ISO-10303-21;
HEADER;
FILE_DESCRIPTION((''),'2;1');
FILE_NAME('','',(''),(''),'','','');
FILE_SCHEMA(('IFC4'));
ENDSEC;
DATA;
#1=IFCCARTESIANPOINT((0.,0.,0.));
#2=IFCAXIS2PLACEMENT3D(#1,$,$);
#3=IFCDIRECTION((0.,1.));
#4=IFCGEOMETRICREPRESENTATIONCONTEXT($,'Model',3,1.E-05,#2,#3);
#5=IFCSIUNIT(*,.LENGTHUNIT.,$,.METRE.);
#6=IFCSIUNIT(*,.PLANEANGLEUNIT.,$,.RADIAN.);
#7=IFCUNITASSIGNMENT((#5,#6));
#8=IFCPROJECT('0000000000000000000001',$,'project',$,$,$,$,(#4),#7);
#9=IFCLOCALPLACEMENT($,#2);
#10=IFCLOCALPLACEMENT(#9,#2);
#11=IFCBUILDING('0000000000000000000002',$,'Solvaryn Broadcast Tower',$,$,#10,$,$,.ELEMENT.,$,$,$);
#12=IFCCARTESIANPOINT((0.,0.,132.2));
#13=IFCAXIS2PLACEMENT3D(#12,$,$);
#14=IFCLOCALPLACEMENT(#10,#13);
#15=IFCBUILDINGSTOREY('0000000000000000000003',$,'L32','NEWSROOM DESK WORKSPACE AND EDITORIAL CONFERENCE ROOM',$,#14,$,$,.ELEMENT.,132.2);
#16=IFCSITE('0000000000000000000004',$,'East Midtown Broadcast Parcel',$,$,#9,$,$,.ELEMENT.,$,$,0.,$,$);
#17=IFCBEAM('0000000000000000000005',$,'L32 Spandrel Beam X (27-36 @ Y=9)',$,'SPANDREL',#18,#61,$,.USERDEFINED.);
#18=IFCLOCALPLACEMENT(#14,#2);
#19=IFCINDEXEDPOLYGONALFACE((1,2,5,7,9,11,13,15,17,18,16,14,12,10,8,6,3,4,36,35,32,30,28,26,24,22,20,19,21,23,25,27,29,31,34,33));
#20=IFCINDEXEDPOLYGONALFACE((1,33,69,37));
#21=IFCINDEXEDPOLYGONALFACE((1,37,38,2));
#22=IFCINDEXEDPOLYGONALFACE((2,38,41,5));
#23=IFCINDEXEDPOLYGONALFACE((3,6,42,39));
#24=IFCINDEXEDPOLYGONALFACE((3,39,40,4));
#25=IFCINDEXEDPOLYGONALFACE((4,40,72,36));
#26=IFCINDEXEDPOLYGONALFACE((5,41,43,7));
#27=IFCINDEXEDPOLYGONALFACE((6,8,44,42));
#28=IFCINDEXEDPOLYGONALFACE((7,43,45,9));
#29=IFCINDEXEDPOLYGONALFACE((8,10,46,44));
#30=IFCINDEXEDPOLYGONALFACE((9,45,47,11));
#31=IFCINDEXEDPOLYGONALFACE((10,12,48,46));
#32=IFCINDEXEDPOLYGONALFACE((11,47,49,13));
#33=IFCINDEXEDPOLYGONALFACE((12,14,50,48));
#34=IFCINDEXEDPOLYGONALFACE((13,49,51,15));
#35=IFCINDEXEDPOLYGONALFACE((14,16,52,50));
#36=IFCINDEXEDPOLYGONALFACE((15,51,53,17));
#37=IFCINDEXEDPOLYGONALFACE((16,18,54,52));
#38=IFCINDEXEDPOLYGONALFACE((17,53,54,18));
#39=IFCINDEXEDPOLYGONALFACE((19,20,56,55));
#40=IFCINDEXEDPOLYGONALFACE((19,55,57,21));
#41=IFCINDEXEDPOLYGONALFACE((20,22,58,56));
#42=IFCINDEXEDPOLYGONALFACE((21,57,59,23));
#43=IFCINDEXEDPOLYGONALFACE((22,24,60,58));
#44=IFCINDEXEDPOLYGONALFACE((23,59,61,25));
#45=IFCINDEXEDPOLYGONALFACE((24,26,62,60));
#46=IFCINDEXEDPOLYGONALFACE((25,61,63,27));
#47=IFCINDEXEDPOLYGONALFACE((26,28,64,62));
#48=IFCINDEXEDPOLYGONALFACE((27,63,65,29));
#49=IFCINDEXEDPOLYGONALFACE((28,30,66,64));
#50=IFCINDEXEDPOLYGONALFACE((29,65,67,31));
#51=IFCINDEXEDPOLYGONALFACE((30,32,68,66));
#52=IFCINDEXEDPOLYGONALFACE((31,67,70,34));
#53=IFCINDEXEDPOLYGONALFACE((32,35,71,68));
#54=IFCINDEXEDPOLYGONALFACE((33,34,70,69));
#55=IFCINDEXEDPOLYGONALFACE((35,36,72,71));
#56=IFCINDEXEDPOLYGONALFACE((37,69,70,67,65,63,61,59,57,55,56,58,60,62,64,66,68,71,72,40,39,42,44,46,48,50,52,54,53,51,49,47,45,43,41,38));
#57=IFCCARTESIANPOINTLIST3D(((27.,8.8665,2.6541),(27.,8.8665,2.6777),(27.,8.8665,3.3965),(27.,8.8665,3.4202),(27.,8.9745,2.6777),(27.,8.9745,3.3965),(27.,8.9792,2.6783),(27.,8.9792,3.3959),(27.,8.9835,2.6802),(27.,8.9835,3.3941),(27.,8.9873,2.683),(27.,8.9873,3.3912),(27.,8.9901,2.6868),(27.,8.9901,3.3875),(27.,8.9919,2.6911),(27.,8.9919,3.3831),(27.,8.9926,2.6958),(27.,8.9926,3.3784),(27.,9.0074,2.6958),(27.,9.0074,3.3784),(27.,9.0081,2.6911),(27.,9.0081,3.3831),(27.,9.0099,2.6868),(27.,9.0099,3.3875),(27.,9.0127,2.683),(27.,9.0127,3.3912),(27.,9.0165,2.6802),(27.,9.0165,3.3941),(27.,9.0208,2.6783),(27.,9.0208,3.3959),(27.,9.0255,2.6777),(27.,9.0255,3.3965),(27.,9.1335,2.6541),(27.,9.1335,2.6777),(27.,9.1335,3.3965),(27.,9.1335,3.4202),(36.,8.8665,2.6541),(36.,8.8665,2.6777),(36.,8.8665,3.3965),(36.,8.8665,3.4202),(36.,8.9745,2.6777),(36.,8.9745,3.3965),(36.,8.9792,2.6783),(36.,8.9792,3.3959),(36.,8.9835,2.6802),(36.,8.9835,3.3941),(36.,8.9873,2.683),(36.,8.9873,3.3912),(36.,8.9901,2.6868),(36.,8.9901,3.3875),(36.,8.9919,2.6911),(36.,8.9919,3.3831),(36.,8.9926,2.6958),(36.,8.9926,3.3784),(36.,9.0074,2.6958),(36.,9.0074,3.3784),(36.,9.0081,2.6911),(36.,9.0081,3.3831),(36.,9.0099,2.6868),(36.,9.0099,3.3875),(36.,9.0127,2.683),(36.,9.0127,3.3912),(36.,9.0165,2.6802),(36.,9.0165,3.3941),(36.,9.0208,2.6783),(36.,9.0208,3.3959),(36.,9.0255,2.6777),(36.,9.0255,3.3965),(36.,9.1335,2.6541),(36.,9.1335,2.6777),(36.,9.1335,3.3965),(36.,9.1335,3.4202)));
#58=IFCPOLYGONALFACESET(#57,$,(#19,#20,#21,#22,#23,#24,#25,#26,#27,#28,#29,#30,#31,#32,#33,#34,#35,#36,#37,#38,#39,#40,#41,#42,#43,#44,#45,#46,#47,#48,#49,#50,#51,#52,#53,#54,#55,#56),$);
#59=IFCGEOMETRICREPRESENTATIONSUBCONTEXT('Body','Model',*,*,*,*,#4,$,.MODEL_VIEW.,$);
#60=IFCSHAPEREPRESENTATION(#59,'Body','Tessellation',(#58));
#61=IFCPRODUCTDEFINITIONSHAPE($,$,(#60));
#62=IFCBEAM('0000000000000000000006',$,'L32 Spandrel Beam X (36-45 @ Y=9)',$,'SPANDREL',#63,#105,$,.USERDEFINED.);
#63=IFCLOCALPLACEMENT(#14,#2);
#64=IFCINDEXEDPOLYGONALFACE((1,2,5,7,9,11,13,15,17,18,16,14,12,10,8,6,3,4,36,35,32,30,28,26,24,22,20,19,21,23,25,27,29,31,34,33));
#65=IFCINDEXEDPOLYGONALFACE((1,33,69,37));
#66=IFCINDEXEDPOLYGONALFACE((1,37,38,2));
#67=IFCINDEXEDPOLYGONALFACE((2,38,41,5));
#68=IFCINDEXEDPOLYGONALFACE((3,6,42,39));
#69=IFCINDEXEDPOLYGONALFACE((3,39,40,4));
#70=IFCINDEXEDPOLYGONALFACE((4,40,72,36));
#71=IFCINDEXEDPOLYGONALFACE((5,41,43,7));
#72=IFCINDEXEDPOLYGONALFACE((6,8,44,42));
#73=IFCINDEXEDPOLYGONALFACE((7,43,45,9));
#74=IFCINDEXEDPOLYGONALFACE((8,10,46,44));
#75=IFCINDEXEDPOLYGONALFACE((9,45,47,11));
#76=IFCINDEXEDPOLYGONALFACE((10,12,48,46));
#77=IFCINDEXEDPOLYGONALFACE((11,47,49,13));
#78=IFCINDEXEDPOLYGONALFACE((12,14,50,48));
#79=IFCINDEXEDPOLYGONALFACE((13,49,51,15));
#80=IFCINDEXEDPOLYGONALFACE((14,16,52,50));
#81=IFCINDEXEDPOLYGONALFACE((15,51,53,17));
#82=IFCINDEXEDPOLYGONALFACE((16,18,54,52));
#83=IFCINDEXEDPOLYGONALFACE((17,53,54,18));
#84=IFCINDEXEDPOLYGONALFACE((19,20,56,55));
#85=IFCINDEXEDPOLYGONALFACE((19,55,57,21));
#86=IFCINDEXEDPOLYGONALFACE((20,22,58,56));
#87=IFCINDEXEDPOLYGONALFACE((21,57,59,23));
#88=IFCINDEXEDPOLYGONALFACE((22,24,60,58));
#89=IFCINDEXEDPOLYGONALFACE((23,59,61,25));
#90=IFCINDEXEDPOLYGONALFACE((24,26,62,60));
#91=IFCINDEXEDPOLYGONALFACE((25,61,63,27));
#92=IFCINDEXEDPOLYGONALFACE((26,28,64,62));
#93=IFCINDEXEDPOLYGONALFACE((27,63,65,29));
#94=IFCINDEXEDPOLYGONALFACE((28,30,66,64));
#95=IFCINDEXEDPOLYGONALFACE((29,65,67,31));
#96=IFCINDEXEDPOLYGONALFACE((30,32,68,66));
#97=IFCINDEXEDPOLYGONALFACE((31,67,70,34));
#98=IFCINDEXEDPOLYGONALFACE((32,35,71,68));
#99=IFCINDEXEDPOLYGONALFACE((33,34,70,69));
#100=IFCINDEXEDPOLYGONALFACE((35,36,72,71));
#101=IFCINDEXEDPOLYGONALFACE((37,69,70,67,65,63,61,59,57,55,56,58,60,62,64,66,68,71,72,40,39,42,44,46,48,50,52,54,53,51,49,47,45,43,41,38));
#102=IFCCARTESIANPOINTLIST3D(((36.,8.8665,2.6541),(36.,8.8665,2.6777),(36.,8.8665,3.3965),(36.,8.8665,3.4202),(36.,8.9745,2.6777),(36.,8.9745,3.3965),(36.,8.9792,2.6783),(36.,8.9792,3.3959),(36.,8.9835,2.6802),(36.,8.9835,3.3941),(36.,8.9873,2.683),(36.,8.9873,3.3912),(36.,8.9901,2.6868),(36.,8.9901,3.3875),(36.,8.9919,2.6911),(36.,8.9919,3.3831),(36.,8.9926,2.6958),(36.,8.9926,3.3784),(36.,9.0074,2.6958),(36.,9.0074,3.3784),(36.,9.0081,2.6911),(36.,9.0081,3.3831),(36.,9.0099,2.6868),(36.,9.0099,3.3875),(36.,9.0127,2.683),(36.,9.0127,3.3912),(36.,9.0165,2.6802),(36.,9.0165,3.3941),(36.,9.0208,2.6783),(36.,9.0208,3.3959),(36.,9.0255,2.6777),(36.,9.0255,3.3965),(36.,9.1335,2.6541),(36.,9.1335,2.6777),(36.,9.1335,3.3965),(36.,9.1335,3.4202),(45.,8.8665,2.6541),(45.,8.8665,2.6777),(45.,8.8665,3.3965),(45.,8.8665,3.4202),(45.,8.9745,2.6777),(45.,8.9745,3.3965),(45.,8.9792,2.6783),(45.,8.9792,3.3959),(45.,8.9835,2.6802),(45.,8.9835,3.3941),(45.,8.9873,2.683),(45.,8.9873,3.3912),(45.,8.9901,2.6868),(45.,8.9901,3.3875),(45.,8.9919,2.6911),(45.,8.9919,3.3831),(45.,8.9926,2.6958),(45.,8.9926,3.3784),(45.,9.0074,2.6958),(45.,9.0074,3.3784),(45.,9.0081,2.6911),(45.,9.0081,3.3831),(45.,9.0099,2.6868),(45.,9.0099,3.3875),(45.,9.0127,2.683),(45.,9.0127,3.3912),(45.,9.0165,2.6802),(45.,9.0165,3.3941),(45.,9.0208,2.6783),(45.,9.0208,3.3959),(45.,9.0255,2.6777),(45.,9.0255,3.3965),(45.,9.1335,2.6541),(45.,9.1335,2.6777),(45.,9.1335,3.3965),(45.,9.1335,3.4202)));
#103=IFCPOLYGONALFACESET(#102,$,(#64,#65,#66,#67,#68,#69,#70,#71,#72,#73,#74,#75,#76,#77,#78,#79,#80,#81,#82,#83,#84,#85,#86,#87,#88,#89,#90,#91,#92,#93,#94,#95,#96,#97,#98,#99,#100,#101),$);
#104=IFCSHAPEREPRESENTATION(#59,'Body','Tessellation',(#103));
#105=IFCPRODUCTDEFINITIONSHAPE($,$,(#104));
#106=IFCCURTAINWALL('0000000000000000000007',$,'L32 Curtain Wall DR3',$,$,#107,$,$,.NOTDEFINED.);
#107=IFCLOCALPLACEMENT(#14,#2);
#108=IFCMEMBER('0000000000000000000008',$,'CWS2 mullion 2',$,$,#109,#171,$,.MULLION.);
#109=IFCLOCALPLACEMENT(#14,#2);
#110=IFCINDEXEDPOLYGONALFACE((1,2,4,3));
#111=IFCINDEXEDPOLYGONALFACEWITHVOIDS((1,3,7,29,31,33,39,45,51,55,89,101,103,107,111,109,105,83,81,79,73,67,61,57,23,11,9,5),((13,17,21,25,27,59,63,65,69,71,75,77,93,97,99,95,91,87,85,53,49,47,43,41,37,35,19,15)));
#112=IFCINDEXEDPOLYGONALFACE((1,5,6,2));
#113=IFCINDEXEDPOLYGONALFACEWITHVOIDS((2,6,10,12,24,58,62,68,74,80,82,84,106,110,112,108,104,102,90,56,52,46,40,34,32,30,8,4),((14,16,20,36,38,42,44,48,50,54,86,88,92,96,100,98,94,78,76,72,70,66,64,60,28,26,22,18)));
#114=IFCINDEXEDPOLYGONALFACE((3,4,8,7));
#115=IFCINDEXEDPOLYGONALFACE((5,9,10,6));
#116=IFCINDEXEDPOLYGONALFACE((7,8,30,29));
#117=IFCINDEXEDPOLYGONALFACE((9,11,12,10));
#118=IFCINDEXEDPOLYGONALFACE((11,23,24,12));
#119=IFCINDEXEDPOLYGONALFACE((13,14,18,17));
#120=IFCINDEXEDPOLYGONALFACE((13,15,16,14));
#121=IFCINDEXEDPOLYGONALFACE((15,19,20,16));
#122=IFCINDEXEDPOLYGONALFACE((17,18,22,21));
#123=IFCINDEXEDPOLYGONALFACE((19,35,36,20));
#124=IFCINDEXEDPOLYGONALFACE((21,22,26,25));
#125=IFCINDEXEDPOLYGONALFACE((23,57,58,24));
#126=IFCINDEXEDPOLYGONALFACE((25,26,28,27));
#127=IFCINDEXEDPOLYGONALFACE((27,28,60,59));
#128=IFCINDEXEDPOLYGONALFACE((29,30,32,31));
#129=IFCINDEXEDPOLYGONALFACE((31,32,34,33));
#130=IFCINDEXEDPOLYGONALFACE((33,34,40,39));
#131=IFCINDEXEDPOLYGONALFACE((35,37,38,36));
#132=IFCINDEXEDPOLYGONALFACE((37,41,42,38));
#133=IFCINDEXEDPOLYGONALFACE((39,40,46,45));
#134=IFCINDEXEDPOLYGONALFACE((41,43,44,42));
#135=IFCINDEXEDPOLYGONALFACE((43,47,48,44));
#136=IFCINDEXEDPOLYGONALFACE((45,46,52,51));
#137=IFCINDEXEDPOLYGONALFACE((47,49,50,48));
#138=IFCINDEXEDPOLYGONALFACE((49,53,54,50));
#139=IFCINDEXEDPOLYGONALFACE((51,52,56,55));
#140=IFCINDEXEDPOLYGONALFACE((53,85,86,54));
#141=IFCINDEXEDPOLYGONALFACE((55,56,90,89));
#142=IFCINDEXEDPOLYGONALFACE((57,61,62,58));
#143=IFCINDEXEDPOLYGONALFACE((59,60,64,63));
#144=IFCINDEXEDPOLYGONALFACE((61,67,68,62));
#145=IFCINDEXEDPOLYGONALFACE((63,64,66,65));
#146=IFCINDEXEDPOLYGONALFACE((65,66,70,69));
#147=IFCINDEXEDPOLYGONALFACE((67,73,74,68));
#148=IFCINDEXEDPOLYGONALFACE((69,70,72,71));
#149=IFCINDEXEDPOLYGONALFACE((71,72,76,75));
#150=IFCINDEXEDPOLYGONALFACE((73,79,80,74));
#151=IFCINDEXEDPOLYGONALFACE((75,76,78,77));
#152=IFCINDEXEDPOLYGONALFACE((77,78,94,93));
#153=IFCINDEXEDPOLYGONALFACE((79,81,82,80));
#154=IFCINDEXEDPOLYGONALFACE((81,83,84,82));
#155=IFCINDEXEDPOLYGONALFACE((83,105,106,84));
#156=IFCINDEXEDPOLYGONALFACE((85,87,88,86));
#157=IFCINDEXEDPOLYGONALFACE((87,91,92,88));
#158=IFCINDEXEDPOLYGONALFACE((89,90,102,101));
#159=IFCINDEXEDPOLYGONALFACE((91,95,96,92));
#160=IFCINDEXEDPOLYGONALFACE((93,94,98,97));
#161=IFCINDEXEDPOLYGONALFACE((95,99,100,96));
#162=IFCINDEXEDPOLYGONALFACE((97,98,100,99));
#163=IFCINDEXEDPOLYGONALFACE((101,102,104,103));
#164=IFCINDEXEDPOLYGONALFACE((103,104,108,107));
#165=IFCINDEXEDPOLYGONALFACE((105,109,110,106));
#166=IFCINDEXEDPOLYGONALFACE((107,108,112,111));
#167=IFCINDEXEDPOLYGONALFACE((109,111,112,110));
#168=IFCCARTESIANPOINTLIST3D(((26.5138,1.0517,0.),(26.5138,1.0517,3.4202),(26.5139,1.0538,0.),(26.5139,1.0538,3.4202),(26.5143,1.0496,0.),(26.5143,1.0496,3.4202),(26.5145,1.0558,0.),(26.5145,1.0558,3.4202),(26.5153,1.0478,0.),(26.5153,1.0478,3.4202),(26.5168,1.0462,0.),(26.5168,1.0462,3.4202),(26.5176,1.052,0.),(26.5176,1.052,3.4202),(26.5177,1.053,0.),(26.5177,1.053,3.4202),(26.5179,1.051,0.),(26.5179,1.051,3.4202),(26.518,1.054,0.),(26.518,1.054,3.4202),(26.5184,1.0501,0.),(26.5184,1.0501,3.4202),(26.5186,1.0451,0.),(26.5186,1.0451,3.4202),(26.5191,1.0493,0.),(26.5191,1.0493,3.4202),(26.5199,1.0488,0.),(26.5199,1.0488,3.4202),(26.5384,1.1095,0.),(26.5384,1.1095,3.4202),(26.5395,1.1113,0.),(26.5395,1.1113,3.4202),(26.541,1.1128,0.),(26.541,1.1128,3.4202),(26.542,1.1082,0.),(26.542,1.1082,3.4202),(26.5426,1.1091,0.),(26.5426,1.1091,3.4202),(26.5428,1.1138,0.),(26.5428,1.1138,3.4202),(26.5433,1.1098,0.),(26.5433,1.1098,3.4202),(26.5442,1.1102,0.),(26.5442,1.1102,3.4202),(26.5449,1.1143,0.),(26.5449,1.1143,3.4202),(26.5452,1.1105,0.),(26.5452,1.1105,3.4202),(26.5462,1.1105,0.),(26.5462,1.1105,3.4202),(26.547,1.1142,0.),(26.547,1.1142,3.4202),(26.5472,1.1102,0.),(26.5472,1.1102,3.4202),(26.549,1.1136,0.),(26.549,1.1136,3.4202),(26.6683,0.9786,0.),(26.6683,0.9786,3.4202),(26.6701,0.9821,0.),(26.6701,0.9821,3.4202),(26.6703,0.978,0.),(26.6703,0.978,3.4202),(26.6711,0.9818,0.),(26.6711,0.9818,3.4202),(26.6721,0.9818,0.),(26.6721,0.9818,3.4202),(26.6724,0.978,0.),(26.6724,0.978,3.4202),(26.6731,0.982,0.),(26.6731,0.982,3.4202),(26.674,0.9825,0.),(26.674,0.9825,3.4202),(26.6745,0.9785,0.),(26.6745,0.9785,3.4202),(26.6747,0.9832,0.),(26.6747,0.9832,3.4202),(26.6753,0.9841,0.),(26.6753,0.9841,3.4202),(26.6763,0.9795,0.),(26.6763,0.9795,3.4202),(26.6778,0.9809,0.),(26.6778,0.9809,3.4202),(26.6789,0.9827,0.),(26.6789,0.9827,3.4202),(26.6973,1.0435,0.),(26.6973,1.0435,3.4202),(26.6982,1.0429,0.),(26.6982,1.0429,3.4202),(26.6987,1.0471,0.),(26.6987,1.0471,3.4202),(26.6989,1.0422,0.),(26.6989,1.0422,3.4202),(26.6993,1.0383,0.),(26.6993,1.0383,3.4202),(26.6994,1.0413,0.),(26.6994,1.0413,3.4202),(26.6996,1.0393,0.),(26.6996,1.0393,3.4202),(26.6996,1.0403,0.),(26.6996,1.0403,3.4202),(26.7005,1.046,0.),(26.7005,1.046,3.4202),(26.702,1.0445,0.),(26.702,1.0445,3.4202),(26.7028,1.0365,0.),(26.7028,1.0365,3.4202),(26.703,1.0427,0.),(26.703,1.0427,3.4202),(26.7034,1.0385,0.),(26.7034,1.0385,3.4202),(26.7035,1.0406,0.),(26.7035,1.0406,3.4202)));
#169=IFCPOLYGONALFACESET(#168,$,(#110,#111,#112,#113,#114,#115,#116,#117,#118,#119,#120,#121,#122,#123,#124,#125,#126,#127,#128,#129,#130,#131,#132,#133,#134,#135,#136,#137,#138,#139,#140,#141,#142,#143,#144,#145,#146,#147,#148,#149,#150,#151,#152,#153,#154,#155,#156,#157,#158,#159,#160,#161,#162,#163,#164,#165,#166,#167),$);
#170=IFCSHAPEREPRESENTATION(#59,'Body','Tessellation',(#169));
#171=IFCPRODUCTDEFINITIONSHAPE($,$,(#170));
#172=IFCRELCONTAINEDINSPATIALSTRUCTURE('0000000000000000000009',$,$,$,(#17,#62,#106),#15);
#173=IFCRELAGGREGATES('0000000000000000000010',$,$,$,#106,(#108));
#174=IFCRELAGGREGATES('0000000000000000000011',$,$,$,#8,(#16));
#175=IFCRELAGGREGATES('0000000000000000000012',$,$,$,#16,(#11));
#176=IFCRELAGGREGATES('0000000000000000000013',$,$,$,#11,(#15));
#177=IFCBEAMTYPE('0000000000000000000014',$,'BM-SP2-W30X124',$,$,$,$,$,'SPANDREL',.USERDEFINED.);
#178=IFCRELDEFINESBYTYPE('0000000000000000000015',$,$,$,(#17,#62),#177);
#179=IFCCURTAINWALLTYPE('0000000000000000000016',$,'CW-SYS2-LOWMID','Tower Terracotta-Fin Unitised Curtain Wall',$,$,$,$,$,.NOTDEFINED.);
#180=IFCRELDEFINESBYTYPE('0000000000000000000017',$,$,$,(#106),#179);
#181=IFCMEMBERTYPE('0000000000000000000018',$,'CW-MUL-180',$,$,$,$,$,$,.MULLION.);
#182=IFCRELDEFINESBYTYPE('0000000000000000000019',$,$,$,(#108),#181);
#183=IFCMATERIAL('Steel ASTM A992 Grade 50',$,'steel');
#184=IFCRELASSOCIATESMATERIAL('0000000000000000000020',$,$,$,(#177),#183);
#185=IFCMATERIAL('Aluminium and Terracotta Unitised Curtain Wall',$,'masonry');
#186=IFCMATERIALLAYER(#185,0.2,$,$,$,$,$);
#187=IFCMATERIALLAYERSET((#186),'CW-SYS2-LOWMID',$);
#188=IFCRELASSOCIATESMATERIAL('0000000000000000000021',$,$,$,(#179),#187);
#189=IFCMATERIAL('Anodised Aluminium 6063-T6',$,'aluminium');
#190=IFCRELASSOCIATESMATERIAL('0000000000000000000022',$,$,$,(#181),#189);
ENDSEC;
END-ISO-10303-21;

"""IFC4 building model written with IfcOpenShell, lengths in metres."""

from ifc_helpers import new_model, si_unit, direction, frame, origin, origin_2d, place, context, subcontext, project, spatial, hollow_rectangle, i_section, extrude, material, layer, layer_set, material_profile, profile_set, type_object, element, aggregate, save


model = new_model("IFC4")

# Units and contexts
model_context = context("Model", 3, precision=1e-05, world=origin(), true_north=direction((0.0, 1.0)))
body_context = subcontext(model_context, "Body", "Model", "MODEL_VIEW")
ifc_project = project(units=[si_unit("LENGTHUNIT", "METRE"), si_unit("PLANEANGLEUNIT", "RADIAN")], contexts=[model_context])

# Site, building, storey
site_placement = place(None, origin())
site = spatial("IfcSite", under=ifc_project, at=site_placement, Name="East Midtown Broadcast Parcel", CompositionType="ELEMENT", RefElevation=0.0)
building_placement = place(site_placement, origin())
building = spatial("IfcBuilding", under=site, at=building_placement, Name="Solvaryn Broadcast Tower", CompositionType="ELEMENT")
storey_placement = place(building_placement, frame((0.0, 0.0, 132.2)))
storey = spatial("IfcBuildingStorey", under=building, at=storey_placement, Name="L32", Description="NEWSROOM DESK WORKSPACE AND EDITORIAL CONFERENCE ROOM", CompositionType="ELEMENT", Elevation=132.2)

# Beams
ifc_material_1 = material(Name="Steel ASTM A992 Grade 50", Category="steel")
ifc_material_profile_1 = material_profile(ifc_material_1, i_section(OverallWidth=0.2671, OverallDepth=0.7661, WebThickness=0.0149, FlangeThickness=0.0237, FilletRadius=0.0181, at=origin_2d()))
ifc_profile_set_1 = profile_set([ifc_material_profile_1], Name="Steel ASTM A992 Grade 50")
beam_type_1 = type_object("IfcBeamType", Name="BM-SP2-W30X124", ElementType="SPANDREL", PredefinedType="USERDEFINED", material=ifc_profile_set_1)
for number, where, z_axis, x_axis, name in (
    (1, (27.0, 9.0, 3.0371), (1.0, 0.0, 0.0), (0.0, 1.0, 0.0), "L32 Spandrel Beam X (27-36 @ Y=9)"),
    (2, (36.0, 9.0, 3.0371), (1.0, 0.0, 0.0), (0.0, 1.0, 0.0), "L32 Spandrel Beam X (36-45 @ Y=9)"),
):
    element("IfcBeam", number, at=place(storey_placement, frame(where, z_axis=z_axis, x_axis=x_axis)), inside=storey, type_object=beam_type_1, Name=name, ObjectType="SPANDREL", PredefinedType="USERDEFINED", context=body_context, shape_type="SweptSolid", body=[
        extrude(i_section(OverallWidth=0.2671, OverallDepth=0.7661, WebThickness=0.0149, FlangeThickness=0.0237, FilletRadius=0.0181, at=origin_2d()), origin(), (0.0, 0.0, 1.0), 9.0),
    ])

# Curtain wall, member
ifc_material_2 = material(Name="Aluminium and Terracotta Unitised Curtain Wall", Category="masonry")
ifc_layer_1 = layer(ifc_material_2, 0.2)
ifc_layer_set_1 = layer_set([ifc_layer_1], Name="CW-SYS2-LOWMID")
curtain_wall_type = type_object("IfcCurtainWallType", Name="CW-SYS2-LOWMID", Description="Tower Terracotta-Fin Unitised Curtain Wall", PredefinedType="NOTDEFINED", material=ifc_layer_set_1)
curtain_wall_1_placement = place(storey_placement, origin())
curtain_wall_1 = element("IfcCurtainWall", 3, at=curtain_wall_1_placement, inside=storey, type_object=curtain_wall_type, Name="L32 Curtain Wall DR3", PredefinedType="NOTDEFINED")
ifc_material_3 = material(Name="Anodised Aluminium 6063-T6", Category="aluminium")
ifc_material_profile_2 = material_profile(ifc_material_3, hollow_rectangle(XDim=0.075, YDim=0.1799, WallThickness=0.0039, InnerFilletRadius=0.0039, OuterFilletRadius=0.0081, at=origin_2d()))
ifc_profile_set_2 = profile_set([ifc_material_profile_2], Name="Anodised Aluminium 6063-T6")
member_type_1 = type_object("IfcMemberType", Name="CW-MUL-180", PredefinedType="MULLION", material=ifc_profile_set_2)
member_1_placement = place(storey_placement, frame((26.6086, 1.0461, 0.0), z_axis=(0.0, 0.0, 1.0), x_axis=(0.405918, 0.913909, 0.0)))
member_1 = element("IfcMember", 4, at=member_1_placement, type_object=member_type_1, Name="CWS2 mullion 2", PredefinedType="MULLION", context=body_context, shape_type="SweptSolid", body=[
    extrude(hollow_rectangle(XDim=0.075, YDim=0.1799, WallThickness=0.0039, InnerFilletRadius=0.0039, OuterFilletRadius=0.0081, at=origin_2d()), origin(), (0.0, 0.0, 1.0), 3.4202),
])
aggregate(curtain_wall_1, [member_1])

save(model, "model.ifc")
